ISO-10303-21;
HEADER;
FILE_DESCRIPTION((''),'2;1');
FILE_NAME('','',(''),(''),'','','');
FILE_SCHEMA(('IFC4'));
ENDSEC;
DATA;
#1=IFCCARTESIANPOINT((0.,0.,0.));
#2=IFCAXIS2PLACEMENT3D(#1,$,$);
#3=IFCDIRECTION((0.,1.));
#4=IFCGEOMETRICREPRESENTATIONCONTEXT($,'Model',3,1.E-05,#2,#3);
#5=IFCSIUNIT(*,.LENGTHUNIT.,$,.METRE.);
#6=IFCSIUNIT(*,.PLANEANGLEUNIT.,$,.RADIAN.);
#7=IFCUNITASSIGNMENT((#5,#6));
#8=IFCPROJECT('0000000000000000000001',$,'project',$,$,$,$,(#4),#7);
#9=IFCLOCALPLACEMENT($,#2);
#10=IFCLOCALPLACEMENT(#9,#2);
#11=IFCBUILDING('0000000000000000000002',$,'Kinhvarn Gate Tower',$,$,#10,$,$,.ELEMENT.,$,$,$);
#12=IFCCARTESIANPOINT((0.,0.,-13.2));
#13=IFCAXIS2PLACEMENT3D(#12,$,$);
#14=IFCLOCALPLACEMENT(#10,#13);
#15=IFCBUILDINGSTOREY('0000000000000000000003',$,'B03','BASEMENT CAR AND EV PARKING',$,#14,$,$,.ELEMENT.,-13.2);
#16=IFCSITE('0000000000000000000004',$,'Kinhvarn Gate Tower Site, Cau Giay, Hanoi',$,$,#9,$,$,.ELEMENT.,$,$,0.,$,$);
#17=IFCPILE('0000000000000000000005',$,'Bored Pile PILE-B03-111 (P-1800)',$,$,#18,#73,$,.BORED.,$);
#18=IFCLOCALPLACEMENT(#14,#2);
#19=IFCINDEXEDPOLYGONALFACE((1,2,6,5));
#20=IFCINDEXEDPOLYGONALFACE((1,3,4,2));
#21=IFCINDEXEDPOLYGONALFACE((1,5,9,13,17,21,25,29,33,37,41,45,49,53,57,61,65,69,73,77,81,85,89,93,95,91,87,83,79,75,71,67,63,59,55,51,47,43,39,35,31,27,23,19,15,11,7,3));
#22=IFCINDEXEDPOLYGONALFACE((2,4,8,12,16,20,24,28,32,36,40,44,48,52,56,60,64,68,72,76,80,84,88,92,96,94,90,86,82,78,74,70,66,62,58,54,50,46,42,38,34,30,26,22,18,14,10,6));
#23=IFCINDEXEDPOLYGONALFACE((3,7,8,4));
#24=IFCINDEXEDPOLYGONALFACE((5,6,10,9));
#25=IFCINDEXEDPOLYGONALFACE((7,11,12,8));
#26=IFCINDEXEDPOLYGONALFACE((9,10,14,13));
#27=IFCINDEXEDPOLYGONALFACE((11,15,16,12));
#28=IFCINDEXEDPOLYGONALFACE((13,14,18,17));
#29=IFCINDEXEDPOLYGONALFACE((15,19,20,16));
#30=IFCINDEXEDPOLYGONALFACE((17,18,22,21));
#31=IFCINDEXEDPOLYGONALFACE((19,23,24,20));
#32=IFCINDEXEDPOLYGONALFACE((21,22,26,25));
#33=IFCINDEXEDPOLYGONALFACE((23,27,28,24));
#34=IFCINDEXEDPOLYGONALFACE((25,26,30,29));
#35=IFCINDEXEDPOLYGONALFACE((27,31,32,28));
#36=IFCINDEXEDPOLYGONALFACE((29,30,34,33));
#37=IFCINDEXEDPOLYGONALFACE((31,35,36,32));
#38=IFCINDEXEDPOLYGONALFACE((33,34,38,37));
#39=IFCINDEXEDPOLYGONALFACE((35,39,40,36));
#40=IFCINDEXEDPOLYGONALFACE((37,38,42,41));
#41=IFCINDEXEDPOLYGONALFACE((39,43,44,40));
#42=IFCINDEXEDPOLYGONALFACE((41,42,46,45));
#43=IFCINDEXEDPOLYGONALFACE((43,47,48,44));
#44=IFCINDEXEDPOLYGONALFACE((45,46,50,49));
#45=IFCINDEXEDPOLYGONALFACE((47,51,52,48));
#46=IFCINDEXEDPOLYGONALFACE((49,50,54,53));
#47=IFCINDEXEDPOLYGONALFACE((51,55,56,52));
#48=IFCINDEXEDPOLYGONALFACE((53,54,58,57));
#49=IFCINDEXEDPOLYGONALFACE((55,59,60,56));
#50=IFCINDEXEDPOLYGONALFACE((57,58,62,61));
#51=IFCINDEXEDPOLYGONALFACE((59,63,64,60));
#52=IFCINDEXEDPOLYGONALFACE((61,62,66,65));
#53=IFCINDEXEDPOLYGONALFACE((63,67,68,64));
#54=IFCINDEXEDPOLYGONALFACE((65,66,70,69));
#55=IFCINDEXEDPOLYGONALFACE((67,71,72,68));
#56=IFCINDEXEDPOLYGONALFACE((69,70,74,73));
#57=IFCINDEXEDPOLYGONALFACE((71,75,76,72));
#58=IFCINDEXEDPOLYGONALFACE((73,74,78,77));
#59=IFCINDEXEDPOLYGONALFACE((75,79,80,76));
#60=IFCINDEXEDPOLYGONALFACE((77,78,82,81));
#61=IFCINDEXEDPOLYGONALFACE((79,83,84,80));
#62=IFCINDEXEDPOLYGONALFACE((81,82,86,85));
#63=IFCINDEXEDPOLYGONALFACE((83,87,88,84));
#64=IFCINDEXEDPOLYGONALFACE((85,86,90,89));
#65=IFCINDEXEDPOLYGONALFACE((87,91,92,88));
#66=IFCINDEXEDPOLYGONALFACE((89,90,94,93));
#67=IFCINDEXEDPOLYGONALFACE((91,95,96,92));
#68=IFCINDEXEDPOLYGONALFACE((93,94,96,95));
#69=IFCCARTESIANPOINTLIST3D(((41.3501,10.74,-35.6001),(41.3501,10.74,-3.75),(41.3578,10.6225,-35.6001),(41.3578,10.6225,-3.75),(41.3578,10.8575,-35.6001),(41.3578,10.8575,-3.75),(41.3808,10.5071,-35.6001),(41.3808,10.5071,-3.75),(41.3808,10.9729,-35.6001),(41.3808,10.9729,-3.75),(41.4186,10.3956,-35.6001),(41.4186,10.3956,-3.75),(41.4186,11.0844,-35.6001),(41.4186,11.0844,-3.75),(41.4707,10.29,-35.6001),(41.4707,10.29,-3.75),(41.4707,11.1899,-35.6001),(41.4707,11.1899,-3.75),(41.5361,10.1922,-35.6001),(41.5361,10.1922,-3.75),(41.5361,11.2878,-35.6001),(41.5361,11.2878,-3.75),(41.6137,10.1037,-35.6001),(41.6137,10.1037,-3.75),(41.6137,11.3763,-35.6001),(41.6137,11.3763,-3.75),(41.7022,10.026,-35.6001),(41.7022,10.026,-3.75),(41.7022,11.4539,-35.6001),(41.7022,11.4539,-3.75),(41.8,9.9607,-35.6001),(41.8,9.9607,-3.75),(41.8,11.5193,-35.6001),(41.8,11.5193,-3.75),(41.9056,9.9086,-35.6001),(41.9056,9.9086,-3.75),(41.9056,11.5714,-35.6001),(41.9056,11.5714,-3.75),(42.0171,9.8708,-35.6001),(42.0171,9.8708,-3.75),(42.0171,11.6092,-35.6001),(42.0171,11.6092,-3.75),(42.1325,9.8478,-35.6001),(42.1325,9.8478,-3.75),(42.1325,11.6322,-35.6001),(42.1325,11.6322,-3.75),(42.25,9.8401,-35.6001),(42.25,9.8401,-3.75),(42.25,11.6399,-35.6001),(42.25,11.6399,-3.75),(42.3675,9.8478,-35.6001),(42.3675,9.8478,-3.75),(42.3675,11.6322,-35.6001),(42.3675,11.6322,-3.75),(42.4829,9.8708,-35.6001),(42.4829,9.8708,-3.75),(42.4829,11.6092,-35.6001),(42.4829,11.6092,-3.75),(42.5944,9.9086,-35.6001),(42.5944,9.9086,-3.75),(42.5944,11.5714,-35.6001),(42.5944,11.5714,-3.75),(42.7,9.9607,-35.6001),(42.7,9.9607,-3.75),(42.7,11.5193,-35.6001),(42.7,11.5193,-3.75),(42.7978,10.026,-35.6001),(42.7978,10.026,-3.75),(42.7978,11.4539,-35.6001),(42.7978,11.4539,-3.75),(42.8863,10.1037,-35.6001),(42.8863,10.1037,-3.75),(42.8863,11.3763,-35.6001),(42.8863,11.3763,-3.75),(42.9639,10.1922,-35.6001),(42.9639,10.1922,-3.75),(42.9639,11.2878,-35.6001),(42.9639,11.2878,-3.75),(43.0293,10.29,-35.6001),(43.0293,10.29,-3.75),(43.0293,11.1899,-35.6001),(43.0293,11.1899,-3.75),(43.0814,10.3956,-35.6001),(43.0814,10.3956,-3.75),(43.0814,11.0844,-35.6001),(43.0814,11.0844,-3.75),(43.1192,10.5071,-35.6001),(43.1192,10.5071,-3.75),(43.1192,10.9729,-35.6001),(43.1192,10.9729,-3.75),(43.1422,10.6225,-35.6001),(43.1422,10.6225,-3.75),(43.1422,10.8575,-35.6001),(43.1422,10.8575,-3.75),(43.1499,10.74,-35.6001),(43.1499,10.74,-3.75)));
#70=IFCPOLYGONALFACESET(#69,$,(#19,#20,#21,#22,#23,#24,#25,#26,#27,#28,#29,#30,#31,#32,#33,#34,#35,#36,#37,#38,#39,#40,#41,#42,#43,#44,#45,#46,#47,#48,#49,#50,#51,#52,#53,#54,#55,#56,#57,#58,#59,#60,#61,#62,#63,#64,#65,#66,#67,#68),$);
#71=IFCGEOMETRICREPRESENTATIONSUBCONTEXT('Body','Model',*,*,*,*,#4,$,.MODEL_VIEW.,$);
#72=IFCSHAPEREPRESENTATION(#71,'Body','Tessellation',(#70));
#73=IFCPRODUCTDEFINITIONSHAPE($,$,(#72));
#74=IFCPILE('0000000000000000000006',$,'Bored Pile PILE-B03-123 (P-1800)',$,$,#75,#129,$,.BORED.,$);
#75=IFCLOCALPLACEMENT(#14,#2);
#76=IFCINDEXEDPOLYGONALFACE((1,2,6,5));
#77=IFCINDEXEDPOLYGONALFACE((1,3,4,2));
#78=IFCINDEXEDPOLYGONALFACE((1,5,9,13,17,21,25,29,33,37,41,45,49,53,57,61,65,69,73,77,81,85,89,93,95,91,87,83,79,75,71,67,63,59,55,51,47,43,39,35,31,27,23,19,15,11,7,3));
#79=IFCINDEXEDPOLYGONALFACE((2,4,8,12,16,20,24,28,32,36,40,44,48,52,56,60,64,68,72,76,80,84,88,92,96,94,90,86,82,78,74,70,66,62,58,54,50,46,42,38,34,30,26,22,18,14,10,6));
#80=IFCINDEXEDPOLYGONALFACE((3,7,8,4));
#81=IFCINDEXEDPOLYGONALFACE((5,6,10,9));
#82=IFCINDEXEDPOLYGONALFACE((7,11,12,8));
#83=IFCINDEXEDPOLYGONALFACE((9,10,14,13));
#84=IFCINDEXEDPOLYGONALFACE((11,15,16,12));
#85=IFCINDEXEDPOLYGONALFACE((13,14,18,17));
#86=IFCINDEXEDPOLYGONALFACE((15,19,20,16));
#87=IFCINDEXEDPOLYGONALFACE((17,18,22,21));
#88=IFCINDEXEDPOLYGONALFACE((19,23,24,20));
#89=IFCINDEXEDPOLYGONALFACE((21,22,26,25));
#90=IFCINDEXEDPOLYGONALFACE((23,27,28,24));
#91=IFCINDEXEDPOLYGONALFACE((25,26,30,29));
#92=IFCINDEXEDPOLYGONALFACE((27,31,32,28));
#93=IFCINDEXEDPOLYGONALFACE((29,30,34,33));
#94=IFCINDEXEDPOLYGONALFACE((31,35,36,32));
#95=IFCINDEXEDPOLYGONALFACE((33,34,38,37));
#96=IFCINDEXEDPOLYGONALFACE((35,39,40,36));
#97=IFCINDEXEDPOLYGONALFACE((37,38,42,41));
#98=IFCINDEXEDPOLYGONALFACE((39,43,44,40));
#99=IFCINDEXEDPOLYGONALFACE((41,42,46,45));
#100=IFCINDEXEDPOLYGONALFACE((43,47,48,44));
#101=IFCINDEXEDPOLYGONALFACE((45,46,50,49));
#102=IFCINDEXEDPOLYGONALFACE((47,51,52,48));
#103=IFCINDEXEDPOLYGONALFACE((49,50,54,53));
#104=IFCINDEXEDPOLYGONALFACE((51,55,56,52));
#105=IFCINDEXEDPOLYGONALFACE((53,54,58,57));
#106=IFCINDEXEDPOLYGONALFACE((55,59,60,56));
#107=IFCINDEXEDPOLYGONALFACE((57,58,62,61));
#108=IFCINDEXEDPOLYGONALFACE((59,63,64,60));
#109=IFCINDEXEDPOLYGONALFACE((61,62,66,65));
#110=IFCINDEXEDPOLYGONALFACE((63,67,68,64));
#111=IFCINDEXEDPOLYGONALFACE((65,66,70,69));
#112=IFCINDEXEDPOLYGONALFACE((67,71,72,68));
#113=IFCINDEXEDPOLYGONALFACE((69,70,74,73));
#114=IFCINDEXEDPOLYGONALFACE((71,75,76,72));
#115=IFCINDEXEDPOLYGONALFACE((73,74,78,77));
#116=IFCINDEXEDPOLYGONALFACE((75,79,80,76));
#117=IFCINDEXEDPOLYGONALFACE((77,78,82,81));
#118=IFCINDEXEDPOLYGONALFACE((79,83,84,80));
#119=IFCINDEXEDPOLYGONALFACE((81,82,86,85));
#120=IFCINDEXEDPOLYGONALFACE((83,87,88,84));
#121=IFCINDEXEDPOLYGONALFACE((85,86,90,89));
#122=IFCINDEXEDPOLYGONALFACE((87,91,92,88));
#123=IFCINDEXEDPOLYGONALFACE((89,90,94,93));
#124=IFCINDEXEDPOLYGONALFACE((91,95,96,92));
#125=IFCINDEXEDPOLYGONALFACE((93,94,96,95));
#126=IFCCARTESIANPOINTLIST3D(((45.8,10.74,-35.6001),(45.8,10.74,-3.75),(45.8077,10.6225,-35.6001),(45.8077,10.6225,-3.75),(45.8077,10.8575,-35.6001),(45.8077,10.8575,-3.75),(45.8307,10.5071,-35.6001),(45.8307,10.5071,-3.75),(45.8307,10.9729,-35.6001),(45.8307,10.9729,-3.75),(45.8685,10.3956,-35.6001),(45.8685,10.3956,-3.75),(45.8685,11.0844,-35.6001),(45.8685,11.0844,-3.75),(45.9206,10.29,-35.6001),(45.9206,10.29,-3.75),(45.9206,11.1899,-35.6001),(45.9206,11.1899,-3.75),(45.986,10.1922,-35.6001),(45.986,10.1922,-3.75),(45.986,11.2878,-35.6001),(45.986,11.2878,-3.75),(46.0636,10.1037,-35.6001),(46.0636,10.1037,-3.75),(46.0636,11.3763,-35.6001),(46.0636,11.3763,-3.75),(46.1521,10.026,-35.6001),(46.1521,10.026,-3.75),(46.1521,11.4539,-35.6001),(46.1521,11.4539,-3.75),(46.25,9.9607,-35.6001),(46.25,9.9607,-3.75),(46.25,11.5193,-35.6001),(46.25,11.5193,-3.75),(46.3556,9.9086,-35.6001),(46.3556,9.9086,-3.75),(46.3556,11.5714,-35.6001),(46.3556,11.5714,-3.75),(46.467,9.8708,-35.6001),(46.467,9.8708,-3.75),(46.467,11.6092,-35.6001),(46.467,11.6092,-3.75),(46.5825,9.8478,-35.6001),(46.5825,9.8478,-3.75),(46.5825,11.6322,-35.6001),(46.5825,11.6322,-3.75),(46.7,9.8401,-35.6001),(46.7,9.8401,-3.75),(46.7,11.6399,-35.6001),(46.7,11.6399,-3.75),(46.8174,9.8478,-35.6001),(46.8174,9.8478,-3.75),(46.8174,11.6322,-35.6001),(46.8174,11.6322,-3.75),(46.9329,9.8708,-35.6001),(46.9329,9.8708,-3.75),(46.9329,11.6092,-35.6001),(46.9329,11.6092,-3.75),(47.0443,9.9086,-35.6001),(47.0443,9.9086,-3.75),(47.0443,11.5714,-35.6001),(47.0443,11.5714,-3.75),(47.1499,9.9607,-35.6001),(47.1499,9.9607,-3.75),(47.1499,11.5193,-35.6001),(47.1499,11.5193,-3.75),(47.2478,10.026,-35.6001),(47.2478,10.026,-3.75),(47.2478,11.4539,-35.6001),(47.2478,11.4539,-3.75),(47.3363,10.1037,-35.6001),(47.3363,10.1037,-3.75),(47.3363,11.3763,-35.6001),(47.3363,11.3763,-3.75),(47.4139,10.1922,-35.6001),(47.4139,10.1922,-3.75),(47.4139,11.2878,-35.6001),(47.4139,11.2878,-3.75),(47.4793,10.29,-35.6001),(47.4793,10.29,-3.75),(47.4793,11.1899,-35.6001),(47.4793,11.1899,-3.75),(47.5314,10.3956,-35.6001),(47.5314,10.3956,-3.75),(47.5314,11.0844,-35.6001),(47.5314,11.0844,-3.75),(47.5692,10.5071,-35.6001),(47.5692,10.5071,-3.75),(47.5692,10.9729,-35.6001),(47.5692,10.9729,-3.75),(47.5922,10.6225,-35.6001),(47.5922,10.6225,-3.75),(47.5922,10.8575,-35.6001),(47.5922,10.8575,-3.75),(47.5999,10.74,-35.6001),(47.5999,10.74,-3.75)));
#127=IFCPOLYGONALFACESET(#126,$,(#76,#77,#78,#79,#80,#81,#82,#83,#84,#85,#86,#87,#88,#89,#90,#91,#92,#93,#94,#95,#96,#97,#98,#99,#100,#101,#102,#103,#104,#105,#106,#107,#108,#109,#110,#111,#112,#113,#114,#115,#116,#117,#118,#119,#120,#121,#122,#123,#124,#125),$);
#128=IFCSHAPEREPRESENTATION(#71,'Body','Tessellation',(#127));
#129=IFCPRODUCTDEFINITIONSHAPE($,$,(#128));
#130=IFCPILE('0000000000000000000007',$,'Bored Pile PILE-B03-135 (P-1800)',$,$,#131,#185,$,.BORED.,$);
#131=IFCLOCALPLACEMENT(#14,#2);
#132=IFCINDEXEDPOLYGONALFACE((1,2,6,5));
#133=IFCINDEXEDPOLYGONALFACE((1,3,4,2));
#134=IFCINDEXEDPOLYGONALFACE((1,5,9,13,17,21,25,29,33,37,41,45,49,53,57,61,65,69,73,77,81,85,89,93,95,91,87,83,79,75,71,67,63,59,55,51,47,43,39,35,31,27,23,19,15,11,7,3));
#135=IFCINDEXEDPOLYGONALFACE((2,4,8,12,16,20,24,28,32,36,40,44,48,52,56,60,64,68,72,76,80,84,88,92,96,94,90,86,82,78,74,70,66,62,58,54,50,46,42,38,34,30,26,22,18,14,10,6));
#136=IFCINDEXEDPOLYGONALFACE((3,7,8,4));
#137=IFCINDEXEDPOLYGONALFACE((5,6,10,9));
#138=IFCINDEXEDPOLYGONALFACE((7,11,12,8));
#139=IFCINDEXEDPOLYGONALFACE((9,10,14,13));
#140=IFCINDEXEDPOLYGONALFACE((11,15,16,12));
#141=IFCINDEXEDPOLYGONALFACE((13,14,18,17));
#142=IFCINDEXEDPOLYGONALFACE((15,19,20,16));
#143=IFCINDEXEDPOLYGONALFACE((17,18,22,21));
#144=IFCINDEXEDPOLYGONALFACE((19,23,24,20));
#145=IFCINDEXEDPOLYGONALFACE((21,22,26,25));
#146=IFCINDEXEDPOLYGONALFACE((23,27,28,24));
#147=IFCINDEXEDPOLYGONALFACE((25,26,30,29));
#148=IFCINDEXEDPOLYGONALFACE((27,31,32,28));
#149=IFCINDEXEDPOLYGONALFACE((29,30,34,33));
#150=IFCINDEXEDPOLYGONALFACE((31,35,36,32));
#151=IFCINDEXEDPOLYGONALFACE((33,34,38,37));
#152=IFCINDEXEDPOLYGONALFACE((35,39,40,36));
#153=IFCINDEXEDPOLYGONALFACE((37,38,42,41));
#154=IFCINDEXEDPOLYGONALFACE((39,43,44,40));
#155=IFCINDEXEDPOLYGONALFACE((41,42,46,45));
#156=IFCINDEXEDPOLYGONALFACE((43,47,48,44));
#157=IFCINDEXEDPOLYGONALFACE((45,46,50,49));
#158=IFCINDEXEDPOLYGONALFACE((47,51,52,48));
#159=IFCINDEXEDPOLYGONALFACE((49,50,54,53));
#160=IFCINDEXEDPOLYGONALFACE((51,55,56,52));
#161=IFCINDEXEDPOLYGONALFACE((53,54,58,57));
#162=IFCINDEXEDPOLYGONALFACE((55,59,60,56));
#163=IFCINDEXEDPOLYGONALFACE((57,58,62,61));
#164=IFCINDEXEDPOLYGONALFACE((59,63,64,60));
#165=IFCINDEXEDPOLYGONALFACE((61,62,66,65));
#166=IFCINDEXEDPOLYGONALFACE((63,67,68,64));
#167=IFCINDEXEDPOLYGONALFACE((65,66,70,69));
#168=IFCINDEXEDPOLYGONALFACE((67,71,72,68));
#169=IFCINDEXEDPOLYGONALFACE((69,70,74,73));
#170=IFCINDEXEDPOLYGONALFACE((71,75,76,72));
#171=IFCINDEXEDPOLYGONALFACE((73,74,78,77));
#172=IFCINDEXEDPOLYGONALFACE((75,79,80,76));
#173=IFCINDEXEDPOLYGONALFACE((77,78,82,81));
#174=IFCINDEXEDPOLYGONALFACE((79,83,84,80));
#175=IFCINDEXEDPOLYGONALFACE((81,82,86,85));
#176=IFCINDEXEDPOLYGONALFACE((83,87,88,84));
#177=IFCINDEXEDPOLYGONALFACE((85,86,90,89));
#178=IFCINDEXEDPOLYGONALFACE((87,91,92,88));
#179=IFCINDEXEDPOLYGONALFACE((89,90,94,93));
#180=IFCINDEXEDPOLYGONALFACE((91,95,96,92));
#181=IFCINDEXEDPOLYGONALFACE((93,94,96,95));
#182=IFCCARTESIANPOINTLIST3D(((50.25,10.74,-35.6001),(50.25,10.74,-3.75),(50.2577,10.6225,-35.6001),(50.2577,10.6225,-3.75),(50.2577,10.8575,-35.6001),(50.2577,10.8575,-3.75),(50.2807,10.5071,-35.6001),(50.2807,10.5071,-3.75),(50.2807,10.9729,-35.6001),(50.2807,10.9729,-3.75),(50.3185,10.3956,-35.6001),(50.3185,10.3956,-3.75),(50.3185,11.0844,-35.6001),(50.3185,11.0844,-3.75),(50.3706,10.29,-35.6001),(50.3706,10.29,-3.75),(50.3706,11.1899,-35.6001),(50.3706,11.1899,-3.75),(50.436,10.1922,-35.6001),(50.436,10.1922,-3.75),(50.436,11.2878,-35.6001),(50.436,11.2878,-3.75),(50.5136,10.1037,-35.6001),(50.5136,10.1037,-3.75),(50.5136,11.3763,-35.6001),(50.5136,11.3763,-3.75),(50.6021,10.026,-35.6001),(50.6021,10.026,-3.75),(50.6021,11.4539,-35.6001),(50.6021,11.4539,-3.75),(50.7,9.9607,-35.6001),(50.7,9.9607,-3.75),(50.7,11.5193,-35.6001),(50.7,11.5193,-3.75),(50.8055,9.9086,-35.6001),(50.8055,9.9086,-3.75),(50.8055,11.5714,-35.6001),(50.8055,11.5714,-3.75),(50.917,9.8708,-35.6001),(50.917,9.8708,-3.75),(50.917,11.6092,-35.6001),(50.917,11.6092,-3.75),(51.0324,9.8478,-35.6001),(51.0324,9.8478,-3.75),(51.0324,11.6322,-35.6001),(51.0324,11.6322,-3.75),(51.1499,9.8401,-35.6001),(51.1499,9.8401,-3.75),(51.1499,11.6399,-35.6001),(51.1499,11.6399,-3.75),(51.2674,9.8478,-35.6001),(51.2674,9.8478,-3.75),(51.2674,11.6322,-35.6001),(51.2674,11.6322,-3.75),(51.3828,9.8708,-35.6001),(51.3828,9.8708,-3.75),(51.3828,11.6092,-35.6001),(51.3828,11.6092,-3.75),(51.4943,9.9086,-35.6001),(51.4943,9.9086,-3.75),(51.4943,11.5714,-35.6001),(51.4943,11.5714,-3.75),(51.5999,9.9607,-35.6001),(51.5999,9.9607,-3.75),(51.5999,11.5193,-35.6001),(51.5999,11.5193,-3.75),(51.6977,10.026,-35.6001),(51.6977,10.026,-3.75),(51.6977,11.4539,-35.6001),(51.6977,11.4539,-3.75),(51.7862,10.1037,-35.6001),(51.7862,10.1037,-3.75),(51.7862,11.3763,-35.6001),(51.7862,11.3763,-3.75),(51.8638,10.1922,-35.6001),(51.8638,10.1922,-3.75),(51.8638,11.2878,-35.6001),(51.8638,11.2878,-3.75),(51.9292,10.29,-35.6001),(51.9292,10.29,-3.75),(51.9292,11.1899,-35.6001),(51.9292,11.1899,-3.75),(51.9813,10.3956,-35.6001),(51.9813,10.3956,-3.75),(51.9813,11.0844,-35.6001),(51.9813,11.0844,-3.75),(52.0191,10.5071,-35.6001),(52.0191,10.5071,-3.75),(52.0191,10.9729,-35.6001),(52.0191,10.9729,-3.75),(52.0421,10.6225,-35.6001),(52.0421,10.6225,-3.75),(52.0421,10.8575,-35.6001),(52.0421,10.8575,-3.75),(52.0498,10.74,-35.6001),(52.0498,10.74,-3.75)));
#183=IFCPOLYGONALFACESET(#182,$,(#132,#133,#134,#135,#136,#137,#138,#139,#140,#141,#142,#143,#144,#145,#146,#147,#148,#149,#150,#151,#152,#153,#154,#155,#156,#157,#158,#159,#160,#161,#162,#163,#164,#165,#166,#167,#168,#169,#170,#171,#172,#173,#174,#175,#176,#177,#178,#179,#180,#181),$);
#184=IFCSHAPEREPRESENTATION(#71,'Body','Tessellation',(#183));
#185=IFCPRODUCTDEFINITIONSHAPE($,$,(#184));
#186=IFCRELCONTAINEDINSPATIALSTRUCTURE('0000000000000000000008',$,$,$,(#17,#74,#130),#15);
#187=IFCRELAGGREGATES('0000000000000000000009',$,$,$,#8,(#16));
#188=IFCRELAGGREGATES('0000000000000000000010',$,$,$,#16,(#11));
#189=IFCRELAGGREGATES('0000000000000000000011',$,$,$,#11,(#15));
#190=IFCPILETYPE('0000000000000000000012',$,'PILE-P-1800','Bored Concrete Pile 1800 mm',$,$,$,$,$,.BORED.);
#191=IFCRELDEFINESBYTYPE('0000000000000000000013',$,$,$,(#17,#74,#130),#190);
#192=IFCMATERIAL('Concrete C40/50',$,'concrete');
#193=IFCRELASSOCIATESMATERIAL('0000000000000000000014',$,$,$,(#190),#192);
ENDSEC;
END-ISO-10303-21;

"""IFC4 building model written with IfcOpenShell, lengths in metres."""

from ifc_helpers import new_model, si_unit, direction, frame, origin, origin_2d, place, context, subcontext, project, spatial, circle, extrude, material, material_profile, profile_set, type_object, element, save


model = new_model("IFC4")

# Units and contexts
model_context = context("Model", 3, precision=1e-05, world=origin(), true_north=direction((0.0, 1.0)))
body_context = subcontext(model_context, "Body", "Model", "MODEL_VIEW")
ifc_project = project(units=[si_unit("LENGTHUNIT", "METRE"), si_unit("PLANEANGLEUNIT", "RADIAN")], contexts=[model_context])

# Site, building, storey
site_placement = place(None, origin())
site = spatial("IfcSite", under=ifc_project, at=site_placement, Name="Kinhvarn Gate Tower Site, Cau Giay, Hanoi", CompositionType="ELEMENT", RefElevation=0.0)
building_placement = place(site_placement, origin())
building = spatial("IfcBuilding", under=site, at=building_placement, Name="Kinhvarn Gate Tower", CompositionType="ELEMENT")
storey_placement = place(building_placement, frame((0.0, 0.0, -13.2)))
storey = spatial("IfcBuildingStorey", under=building, at=storey_placement, Name="B03", Description="BASEMENT CAR AND EV PARKING", CompositionType="ELEMENT", Elevation=-13.2)

# Piles
ifc_material = material(Name="Concrete C40/50", Category="concrete")
ifc_material_profile_1 = material_profile(ifc_material, circle(Radius=0.8999, at=origin_2d()), Name="PILE D1800")
ifc_profile_set_1 = profile_set([ifc_material_profile_1], Name="Concrete C40/50")
pile_type_1 = type_object("IfcPileType", Name="PILE-P-1800", Description="Bored Concrete Pile 1800 mm", PredefinedType="BORED", material=ifc_profile_set_1)
for number, where, z_axis, x_axis, name in (
    (1, (42.25, 10.74, -35.6001), (0.0, 0.0, 1.0), (1.0, 0.0, 0.0), "Bored Pile PILE-B03-111 (P-1800)"),
    (2, (46.7, 10.74, -35.6001), (0.0, 0.0, 1.0), (1.0, 0.0, 0.0), "Bored Pile PILE-B03-123 (P-1800)"),
    (3, (51.1499, 10.74, -35.6001), (0.0, 0.0, 1.0), (1.0, 0.0, 0.0), "Bored Pile PILE-B03-135 (P-1800)"),
):
    element("IfcPile", number, at=place(storey_placement, frame(where, z_axis=z_axis, x_axis=x_axis)), inside=storey, type_object=pile_type_1, Name=name, PredefinedType="BORED", context=body_context, shape_type="SweptSolid", body=[
        extrude(circle(Radius=0.8999, at=origin_2d()), origin(), (0.0, 0.0, 1.0), 31.8501),
    ])

save(model, "model.ifc")
